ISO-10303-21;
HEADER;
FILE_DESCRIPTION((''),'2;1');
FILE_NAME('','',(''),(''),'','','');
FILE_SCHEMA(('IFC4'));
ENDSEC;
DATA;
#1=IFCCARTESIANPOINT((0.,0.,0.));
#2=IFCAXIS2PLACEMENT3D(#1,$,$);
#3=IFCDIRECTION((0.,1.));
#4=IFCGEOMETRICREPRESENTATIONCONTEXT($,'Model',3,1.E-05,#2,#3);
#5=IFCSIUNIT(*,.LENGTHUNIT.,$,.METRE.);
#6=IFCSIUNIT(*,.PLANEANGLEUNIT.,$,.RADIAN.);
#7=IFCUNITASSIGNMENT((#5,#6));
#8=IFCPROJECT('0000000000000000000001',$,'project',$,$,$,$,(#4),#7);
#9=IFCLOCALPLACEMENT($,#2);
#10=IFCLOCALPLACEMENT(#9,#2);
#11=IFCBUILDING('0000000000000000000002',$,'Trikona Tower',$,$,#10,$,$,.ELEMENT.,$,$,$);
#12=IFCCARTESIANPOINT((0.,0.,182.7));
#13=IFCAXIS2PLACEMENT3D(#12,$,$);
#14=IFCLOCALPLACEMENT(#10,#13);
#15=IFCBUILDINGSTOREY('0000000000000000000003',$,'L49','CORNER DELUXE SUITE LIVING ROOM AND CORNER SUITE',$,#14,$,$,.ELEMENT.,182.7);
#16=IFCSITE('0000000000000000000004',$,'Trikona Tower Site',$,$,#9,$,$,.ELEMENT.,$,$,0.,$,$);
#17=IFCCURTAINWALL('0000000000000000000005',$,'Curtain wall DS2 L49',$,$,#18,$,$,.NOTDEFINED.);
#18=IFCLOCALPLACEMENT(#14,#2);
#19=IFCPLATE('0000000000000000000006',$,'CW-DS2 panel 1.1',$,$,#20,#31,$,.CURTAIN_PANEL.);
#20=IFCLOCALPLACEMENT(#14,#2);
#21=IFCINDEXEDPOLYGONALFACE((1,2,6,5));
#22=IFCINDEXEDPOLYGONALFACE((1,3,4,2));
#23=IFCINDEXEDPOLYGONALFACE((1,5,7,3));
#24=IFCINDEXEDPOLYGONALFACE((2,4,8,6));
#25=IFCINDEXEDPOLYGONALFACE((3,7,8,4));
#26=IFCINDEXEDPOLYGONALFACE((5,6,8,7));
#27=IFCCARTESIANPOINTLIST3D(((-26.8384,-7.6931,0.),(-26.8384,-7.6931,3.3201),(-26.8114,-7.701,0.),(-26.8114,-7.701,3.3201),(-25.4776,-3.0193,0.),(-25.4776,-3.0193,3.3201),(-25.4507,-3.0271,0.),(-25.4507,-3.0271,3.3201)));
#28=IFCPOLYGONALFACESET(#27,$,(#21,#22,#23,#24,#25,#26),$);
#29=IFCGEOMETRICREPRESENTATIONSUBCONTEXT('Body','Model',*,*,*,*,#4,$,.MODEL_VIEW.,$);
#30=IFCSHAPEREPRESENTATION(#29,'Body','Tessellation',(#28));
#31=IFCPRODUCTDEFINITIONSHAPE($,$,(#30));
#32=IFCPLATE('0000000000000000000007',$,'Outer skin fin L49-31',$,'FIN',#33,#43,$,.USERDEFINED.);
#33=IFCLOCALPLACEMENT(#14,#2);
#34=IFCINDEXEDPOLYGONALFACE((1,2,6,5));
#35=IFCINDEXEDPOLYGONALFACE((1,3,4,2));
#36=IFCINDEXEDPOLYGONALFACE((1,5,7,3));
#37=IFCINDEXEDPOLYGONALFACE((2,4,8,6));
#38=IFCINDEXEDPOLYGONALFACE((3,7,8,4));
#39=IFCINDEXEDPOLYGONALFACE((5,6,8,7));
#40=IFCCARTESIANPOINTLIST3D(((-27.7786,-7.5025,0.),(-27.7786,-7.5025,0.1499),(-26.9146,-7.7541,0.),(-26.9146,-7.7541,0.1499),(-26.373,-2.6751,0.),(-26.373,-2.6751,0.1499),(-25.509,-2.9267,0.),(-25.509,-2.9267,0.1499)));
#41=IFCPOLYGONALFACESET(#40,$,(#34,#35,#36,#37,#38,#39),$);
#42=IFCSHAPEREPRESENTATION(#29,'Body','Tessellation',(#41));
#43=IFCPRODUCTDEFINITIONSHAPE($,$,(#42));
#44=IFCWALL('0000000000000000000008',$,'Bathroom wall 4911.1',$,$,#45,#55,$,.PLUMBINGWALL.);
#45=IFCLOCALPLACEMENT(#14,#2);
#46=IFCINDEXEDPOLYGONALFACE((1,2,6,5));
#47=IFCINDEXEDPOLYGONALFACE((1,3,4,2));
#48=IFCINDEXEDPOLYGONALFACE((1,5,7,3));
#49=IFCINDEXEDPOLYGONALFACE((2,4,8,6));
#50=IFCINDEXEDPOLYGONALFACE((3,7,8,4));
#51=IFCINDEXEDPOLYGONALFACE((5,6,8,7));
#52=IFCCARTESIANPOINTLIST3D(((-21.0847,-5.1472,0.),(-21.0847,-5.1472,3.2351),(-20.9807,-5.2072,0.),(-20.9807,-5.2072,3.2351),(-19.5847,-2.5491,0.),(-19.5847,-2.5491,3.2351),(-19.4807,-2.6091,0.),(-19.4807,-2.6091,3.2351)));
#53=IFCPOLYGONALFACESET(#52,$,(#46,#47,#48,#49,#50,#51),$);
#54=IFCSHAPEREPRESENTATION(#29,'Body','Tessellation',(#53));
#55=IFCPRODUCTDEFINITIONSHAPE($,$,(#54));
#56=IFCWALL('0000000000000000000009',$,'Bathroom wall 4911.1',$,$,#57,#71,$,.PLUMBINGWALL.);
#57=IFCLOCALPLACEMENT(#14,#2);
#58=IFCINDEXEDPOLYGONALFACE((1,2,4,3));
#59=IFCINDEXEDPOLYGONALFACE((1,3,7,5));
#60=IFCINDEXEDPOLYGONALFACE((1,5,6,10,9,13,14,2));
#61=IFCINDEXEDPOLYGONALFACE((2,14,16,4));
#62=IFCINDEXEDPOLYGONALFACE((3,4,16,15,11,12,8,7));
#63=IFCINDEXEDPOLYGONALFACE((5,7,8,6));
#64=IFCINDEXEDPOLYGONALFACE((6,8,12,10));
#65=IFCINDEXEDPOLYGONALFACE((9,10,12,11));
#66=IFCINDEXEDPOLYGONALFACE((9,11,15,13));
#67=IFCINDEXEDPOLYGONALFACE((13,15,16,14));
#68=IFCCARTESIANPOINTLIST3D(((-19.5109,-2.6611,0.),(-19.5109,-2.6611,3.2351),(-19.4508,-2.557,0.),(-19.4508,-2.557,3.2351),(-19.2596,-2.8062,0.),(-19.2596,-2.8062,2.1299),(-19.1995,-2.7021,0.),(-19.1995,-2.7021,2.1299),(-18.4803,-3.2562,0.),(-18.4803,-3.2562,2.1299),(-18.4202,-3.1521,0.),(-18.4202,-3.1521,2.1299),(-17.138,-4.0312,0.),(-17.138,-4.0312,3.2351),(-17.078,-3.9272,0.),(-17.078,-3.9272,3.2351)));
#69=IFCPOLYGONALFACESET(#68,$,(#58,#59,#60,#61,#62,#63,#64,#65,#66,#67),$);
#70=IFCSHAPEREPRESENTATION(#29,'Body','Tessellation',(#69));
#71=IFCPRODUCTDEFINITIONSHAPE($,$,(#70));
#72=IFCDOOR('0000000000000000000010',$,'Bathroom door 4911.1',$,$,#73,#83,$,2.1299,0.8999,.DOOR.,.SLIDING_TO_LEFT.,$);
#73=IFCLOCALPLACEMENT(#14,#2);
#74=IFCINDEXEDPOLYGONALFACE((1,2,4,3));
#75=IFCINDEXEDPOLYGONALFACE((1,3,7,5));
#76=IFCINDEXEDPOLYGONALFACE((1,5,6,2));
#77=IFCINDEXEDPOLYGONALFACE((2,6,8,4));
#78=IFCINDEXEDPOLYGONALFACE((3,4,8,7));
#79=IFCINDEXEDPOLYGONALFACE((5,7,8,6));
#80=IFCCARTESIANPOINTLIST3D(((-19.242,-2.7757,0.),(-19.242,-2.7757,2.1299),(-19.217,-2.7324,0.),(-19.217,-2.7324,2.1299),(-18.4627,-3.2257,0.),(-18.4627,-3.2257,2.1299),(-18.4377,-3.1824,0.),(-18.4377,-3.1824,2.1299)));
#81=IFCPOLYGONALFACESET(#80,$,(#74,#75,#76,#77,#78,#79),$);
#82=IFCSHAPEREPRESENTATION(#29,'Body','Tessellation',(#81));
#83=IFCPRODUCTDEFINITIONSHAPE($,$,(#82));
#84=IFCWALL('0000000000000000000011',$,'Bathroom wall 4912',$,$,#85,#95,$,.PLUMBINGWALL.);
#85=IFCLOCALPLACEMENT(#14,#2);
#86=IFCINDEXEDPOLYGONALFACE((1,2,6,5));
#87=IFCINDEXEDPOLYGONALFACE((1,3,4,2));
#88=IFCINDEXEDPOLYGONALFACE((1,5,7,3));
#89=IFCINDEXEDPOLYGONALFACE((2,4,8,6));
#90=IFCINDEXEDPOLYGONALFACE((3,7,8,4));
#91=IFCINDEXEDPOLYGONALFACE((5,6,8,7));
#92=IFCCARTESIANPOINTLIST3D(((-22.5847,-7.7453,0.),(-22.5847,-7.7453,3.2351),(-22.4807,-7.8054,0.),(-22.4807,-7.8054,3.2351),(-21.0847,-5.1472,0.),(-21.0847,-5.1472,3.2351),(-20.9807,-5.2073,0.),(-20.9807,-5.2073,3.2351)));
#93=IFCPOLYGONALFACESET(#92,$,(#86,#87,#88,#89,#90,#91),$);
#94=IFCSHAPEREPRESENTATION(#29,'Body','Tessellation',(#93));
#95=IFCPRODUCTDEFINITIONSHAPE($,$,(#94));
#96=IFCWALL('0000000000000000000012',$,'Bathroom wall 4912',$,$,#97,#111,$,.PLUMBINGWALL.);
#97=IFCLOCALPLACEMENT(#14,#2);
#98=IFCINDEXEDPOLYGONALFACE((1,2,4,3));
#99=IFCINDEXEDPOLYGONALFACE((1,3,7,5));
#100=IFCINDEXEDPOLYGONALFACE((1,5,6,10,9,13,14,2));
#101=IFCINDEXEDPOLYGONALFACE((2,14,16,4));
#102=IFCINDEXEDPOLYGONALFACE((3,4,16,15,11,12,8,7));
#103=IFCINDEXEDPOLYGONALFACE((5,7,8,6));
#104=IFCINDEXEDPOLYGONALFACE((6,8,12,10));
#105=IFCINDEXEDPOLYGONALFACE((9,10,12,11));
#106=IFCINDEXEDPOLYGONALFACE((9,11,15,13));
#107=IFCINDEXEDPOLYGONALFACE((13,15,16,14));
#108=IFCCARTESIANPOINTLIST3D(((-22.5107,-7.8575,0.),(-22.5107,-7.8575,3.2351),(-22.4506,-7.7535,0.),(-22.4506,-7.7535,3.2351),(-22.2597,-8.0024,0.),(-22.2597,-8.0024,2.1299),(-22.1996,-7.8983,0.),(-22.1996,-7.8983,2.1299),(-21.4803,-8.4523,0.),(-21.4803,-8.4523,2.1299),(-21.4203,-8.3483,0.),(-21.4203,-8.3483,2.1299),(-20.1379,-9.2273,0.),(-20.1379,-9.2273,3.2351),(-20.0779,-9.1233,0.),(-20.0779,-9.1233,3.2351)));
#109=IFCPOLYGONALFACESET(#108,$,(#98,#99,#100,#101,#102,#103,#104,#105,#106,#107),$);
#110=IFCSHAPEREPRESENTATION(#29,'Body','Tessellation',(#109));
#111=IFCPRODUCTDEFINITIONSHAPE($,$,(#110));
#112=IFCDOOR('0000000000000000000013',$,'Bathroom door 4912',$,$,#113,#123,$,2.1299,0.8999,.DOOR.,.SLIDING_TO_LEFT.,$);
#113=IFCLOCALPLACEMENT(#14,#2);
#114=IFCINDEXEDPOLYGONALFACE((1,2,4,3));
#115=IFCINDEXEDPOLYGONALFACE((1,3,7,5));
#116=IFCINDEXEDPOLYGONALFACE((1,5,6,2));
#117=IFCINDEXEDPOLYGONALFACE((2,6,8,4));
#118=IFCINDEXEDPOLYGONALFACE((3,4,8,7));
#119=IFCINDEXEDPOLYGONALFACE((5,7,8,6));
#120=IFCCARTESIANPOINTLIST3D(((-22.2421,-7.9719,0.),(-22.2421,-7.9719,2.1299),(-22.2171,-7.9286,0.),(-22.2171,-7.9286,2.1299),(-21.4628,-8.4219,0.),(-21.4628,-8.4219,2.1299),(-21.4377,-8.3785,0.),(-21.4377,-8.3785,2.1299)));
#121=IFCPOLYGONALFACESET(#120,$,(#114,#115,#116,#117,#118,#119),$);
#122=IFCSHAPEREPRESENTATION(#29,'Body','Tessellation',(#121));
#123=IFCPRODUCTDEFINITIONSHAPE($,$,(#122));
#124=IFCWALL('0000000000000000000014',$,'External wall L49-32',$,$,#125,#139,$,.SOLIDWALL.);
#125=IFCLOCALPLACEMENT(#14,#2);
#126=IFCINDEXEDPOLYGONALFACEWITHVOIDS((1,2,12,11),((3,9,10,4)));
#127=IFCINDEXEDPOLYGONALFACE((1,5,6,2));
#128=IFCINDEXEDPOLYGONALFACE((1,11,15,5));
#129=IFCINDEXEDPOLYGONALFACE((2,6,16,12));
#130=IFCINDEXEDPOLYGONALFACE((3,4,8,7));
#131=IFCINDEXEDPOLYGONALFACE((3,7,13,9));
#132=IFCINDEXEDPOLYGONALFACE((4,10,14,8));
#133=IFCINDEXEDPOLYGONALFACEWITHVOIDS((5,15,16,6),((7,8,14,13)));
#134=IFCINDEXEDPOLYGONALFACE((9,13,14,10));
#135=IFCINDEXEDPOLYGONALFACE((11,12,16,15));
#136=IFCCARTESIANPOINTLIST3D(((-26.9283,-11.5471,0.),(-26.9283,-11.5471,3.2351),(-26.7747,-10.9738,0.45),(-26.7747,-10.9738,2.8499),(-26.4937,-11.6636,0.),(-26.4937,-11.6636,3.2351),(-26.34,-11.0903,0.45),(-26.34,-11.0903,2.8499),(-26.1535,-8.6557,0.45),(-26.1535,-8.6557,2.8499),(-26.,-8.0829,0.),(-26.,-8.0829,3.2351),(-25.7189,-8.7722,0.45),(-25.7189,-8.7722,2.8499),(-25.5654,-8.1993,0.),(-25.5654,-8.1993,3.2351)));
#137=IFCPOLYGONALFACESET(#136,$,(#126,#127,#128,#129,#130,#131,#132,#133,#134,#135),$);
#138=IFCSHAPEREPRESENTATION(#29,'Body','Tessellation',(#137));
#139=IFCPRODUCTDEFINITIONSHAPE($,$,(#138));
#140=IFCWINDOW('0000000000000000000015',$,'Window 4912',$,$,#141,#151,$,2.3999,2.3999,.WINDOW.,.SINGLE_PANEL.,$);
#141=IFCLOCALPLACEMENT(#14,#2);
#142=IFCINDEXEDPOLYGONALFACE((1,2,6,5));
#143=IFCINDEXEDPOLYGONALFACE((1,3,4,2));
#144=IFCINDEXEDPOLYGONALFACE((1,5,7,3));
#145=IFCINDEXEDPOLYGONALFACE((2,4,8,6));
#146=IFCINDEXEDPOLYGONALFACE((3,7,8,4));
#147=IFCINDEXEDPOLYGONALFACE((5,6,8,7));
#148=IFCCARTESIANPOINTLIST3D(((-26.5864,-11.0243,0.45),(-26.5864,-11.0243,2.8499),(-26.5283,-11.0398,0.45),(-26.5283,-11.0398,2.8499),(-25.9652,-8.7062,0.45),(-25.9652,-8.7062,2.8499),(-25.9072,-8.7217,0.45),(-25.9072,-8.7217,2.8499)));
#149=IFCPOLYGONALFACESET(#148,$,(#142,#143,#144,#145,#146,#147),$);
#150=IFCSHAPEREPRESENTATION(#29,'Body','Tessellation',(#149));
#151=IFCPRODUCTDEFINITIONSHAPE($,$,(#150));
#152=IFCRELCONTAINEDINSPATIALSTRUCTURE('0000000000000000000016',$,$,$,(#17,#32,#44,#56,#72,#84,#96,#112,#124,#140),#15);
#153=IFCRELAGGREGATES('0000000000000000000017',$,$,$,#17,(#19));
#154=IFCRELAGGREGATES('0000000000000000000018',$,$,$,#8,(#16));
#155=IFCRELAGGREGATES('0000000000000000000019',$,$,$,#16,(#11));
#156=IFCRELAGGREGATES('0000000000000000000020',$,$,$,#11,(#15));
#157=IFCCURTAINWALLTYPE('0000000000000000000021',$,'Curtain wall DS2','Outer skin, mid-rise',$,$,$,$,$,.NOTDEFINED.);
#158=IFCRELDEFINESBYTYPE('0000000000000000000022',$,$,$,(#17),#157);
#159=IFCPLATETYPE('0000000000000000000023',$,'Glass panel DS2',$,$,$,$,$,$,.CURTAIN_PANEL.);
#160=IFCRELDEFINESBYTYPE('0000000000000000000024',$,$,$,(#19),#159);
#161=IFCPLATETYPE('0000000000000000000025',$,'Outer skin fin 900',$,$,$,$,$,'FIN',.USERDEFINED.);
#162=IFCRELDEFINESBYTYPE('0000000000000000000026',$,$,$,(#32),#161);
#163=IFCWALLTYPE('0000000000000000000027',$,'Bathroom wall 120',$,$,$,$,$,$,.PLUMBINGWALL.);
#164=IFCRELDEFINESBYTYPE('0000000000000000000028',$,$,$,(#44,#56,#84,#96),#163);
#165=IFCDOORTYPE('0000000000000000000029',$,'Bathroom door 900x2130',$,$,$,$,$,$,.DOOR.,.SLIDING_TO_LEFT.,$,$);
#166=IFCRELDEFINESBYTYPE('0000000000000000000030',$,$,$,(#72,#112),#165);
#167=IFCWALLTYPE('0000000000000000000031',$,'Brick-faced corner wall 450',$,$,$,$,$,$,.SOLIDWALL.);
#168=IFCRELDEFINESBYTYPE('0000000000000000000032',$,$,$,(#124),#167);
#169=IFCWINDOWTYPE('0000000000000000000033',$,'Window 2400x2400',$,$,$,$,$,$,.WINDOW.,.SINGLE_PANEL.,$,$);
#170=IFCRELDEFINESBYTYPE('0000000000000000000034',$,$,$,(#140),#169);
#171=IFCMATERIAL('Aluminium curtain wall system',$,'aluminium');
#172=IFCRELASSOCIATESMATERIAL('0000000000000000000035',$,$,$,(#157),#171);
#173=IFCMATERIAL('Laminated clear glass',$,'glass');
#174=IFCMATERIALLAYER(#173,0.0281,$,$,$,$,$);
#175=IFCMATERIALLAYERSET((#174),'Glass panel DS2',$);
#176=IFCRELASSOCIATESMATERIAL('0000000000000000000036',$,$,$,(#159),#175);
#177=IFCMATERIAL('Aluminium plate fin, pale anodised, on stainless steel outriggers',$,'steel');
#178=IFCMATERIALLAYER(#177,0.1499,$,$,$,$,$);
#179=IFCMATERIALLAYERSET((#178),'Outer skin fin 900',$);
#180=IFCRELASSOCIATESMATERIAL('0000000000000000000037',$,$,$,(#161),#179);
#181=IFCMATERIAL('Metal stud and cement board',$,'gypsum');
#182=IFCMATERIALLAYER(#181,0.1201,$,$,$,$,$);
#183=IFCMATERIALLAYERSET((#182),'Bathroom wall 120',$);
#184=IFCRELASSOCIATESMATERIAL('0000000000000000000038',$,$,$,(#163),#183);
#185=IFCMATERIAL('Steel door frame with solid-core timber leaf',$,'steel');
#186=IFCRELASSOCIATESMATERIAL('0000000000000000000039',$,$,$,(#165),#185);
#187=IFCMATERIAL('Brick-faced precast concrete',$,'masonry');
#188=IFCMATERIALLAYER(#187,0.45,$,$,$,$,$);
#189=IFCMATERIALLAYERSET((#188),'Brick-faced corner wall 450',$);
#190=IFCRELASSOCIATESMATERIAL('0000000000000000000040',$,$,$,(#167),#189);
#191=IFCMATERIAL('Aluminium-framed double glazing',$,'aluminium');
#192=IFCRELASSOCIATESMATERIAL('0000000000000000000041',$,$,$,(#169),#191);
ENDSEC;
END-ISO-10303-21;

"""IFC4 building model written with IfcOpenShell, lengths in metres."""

from ifc_helpers import new_model, si_unit, direction, frame, frame_2d, origin, origin_2d, place, context, subcontext, project, spatial, rectangle, extrude, material, layer, layer_set, type_object, element, fill, aggregate, save


model = new_model("IFC4")

# Units and contexts
model_context = context("Model", 3, precision=1e-05, world=origin(), true_north=direction((0.0, 1.0)))
body_context = subcontext(model_context, "Body", "Model", "MODEL_VIEW")
ifc_project = project(units=[si_unit("LENGTHUNIT", "METRE"), si_unit("PLANEANGLEUNIT", "RADIAN")], contexts=[model_context])

# Site, building, storey
site_placement = place(None, origin())
site = spatial("IfcSite", under=ifc_project, at=site_placement, Name="Trikona Tower Site", CompositionType="ELEMENT", RefElevation=0.0)
building_placement = place(site_placement, origin())
building = spatial("IfcBuilding", under=site, at=building_placement, Name="Trikona Tower", CompositionType="ELEMENT")
storey_placement = place(building_placement, frame((0.0, 0.0, 182.7)))
storey = spatial("IfcBuildingStorey", under=building, at=storey_placement, Name="L49", Description="CORNER DELUXE SUITE LIVING ROOM AND CORNER SUITE", CompositionType="ELEMENT", Elevation=182.7)

# Shared definitions
ifc_material_1 = material(Name="Aluminium curtain wall system", Category="aluminium")
curtain_wall_type = type_object("IfcCurtainWallType", Name="Curtain wall DS2", Description="Outer skin, mid-rise", PredefinedType="NOTDEFINED", material=ifc_material_1)

# Curtain wall
curtain_wall_1_placement = place(storey_placement, origin())
curtain_wall_1 = element("IfcCurtainWall", 1, at=curtain_wall_1_placement, inside=storey, type_object=curtain_wall_type, Name="Curtain wall DS2 L49", PredefinedType="NOTDEFINED")

# Plates
ifc_material_2 = material(Name="Laminated clear glass", Category="glass")
ifc_layer_1 = layer(ifc_material_2, 0.0281)
ifc_layer_set_1 = layer_set([ifc_layer_1], Name="Glass panel DS2")
plate_type_1 = type_object("IfcPlateType", Name="Glass panel DS2", PredefinedType="CURTAIN_PANEL", material=ifc_layer_set_1)
plate_1_placement = place(storey_placement, frame((-26.1445, -5.3601, 0.0), z_axis=(0.0, 0.0, 1.0), x_axis=(-0.279543, -0.960133, 0.0)))
plate_1 = element("IfcPlate", 2, at=plate_1_placement, type_object=plate_type_1, Name="CW-DS2 panel 1.1", PredefinedType="CURTAIN_PANEL", context=body_context, shape_type="SweptSolid", body=[
    extrude(rectangle(XDim=4.8679, YDim=0.0281, at=origin_2d()), origin(), (0.0, 0.0, 1.0), 3.3201),
])
aggregate(curtain_wall_1, [plate_1])
ifc_material_3 = material(Name="Aluminium plate fin, pale anodised, on stainless steel outriggers", Category="steel")
ifc_layer_2 = layer(ifc_material_3, 0.1499)
ifc_layer_set_2 = layer_set([ifc_layer_2], Name="Outer skin fin 900")
plate_type_2 = type_object("IfcPlateType", Name="Outer skin fin 900", ElementType="FIN", PredefinedType="USERDEFINED", material=ifc_layer_set_2)
plate_2_placement = place(storey_placement, frame((-26.6438, -5.2146, 0.0), z_axis=(0.0, 0.0, 1.0), x_axis=(-0.279554, -0.96013, 0.0)))
element("IfcPlate", 3, at=plate_2_placement, inside=storey, type_object=plate_type_2, Name="Outer skin fin L49-31", ObjectType="FIN", PredefinedType="USERDEFINED", context=body_context, shape_type="SweptSolid", body=[
    extrude(rectangle(XDim=5.0278, YDim=0.8999, at=origin_2d()), origin(), (0.0, 0.0, 1.0), 0.1499),
])

# Wall
ifc_material_4 = material(Name="Metal stud and cement board", Category="gypsum")
ifc_layer_3 = layer(ifc_material_4, 0.1201)
ifc_layer_set_3 = layer_set([ifc_layer_3], Name="Bathroom wall 120")
wall_type_1 = type_object("IfcWallType", Name="Bathroom wall 120", PredefinedType="PLUMBINGWALL", material=ifc_layer_set_3)
wall_1_placement = place(storey_placement, frame((-19.5327, -2.5791, 0.0), z_axis=(0.0, 0.0, 1.0), x_axis=(-0.49999, -0.866031, 0.0)))
element("IfcWall", 4, at=wall_1_placement, inside=storey, type_object=wall_type_1, Name="Bathroom wall 4911.1", PredefinedType="PLUMBINGWALL", context=body_context, shape_type="SweptSolid", body=[
    extrude(rectangle(XDim=3.0, YDim=0.1201, at=frame_2d((1.5, 0.0))), origin(), (0.0, 0.0, 1.0), 3.2351),
])

# Wall, opening, door
wall_2_placement = place(storey_placement, frame((-17.1079, -3.9792, 0.0), z_axis=(0.0, 0.0, 1.0), x_axis=(-0.865997, 0.500049, 0.0)))
wall_2 = element("IfcWall", 5, at=wall_2_placement, inside=storey, type_object=wall_type_1, Name="Bathroom wall 4911.1", PredefinedType="PLUMBINGWALL", context=body_context, shape_type="SweptSolid", body=[
    extrude(rectangle(XDim=2.74, YDim=0.1201, at=frame_2d((1.3701, 0.0))), origin(), (0.0, 0.0, 1.0), 3.2351),
])
opening_1_placement = place(wall_2_placement, frame((1.55, 0.0, 0.0)))
opening_1 = element("IfcOpeningElement", 6, at=opening_1_placement, cuts=wall_2, PredefinedType="OPENING", context=body_context, shape_type="SweptSolid", body=[
    extrude(rectangle(XDim=0.8999, YDim=2.1299, at=frame_2d((0.45, 1.0649))), frame((0.0, 0.0701, 0.0), z_axis=(0.0, -1.0, 0.0), x_axis=(1.0, 0.0, 0.0)), (0.0, 0.0, 1.0), 0.1401),
])
ifc_material_5 = material(Name="Steel door frame with solid-core timber leaf", Category="steel")
door_type_1 = type_object("IfcDoorType", Name="Bathroom door 900x2130", OperationType="SLIDING_TO_LEFT", PredefinedType="DOOR", material=ifc_material_5)
door_1_placement = place(opening_1_placement, origin())
door_1 = element("IfcDoor", 7, at=door_1_placement, inside=storey, type_object=door_type_1, Name="Bathroom door 4911.1", OperationType="SLIDING_TO_LEFT", OverallHeight=2.1299, OverallWidth=0.8999, PredefinedType="DOOR", context=body_context, shape_type="SweptSolid", body=[
    extrude(rectangle(XDim=0.8999, YDim=2.1299, at=frame_2d((0.45, 1.0649))), frame((0.0, 0.0249, 0.0), z_axis=(0.0, -1.0, 0.0), x_axis=(1.0, 0.0, 0.0)), (0.0, 0.0, 1.0), 0.05),
])
fill(opening_1, door_1)

# Wall
wall_3_placement = place(storey_placement, frame((-21.0327, -5.1772, 0.0), z_axis=(0.0, 0.0, 1.0), x_axis=(-0.49999, -0.866031, 0.0)))
element("IfcWall", 8, at=wall_3_placement, inside=storey, type_object=wall_type_1, Name="Bathroom wall 4912", PredefinedType="PLUMBINGWALL", context=body_context, shape_type="SweptSolid", body=[
    extrude(rectangle(XDim=3.0, YDim=0.1201, at=frame_2d((1.5, 0.0))), origin(), (0.0, 0.0, 1.0), 3.2351),
])

# Wall, opening, door
wall_4_placement = place(storey_placement, frame((-20.1079, -9.1753, 0.0), z_axis=(0.0, 0.0, 1.0), x_axis=(-0.866036, 0.499982, 0.0)))
wall_4 = element("IfcWall", 9, at=wall_4_placement, inside=storey, type_object=wall_type_1, Name="Bathroom wall 4912", PredefinedType="PLUMBINGWALL", context=body_context, shape_type="SweptSolid", body=[
    extrude(rectangle(XDim=2.7397, YDim=0.1201, at=frame_2d((1.3699, 0.0))), origin(), (0.0, 0.0, 1.0), 3.2351),
])
opening_2_placement = place(wall_4_placement, frame((1.55, 0.0, 0.0)))
opening_2 = element("IfcOpeningElement", 10, at=opening_2_placement, cuts=wall_4, PredefinedType="OPENING", context=body_context, shape_type="SweptSolid", body=[
    extrude(rectangle(XDim=0.8999, YDim=2.1299, at=frame_2d((0.45, 1.0649))), frame((0.0, 0.0701, 0.0), z_axis=(0.0, -1.0, 0.0), x_axis=(1.0, 0.0, 0.0)), (0.0, 0.0, 1.0), 0.1401),
])
door_2_placement = place(opening_2_placement, origin())
door_2 = element("IfcDoor", 11, at=door_2_placement, inside=storey, type_object=door_type_1, Name="Bathroom door 4912", OperationType="SLIDING_TO_LEFT", OverallHeight=2.1299, OverallWidth=0.8999, PredefinedType="DOOR", context=body_context, shape_type="SweptSolid", body=[
    extrude(rectangle(XDim=0.8999, YDim=2.1299, at=frame_2d((0.45, 1.0649))), frame((0.0, 0.0249, 0.0), z_axis=(0.0, -1.0, 0.0), x_axis=(1.0, 0.0, 0.0)), (0.0, 0.0, 1.0), 0.05),
])
fill(opening_2, door_2)

# Wall, opening, window
ifc_material_6 = material(Name="Brick-faced precast concrete", Category="masonry")
ifc_layer_4 = layer(ifc_material_6, 0.45)
ifc_layer_set_4 = layer_set([ifc_layer_4], Name="Brick-faced corner wall 450")
wall_type_2 = type_object("IfcWallType", Name="Brick-faced corner wall 450", PredefinedType="SOLIDWALL", material=ifc_layer_set_4)
wall_5_placement = place(storey_placement, frame((-25.7827, -8.1411, 0.0), z_axis=(0.0, 0.0, 1.0), x_axis=(-0.258823, -0.965925, 0.0)))
wall_5 = element("IfcWall", 12, at=wall_5_placement, inside=storey, type_object=wall_type_2, Name="External wall L49-32", PredefinedType="SOLIDWALL", context=body_context, shape_type="SweptSolid", body=[
    extrude(rectangle(XDim=3.5864, YDim=0.45, at=frame_2d((1.7932, 0.0))), origin(), (0.0, 0.0, 1.0), 3.2351),
])
opening_3_placement = place(wall_5_placement, frame((0.593, 0.0, 0.45)))
opening_3 = element("IfcOpeningElement", 13, at=opening_3_placement, cuts=wall_5, PredefinedType="OPENING", context=body_context, shape_type="SweptSolid", body=[
    extrude(rectangle(XDim=2.3999, YDim=2.3999, at=frame_2d((1.2, 1.2))), frame((0.0, 0.2349, 0.0), z_axis=(0.0, -1.0, 0.0), x_axis=(1.0, 0.0, 0.0)), (0.0, 0.0, 1.0), 0.47),
])
ifc_material_7 = material(Name="Aluminium-framed double glazing", Category="aluminium")
window_type_1 = type_object("IfcWindowType", Name="Window 2400x2400", PartitioningType="SINGLE_PANEL", PredefinedType="WINDOW", material=ifc_material_7)
window_1_placement = place(opening_3_placement, origin())
window_1 = element("IfcWindow", 14, at=window_1_placement, inside=storey, type_object=window_type_1, Name="Window 4912", OverallHeight=2.3999, OverallWidth=2.3999, PartitioningType="SINGLE_PANEL", PredefinedType="WINDOW", context=body_context, shape_type="SweptSolid", body=[
    extrude(rectangle(XDim=2.3999, YDim=2.3999, at=frame_2d((1.2, 1.2))), frame((0.0, 0.03, 0.0), z_axis=(0.0, -1.0, 0.0), x_axis=(1.0, 0.0, 0.0)), (0.0, 0.0, 1.0), 0.0601),
])
fill(opening_3, window_1)

save(model, "model.ifc")
